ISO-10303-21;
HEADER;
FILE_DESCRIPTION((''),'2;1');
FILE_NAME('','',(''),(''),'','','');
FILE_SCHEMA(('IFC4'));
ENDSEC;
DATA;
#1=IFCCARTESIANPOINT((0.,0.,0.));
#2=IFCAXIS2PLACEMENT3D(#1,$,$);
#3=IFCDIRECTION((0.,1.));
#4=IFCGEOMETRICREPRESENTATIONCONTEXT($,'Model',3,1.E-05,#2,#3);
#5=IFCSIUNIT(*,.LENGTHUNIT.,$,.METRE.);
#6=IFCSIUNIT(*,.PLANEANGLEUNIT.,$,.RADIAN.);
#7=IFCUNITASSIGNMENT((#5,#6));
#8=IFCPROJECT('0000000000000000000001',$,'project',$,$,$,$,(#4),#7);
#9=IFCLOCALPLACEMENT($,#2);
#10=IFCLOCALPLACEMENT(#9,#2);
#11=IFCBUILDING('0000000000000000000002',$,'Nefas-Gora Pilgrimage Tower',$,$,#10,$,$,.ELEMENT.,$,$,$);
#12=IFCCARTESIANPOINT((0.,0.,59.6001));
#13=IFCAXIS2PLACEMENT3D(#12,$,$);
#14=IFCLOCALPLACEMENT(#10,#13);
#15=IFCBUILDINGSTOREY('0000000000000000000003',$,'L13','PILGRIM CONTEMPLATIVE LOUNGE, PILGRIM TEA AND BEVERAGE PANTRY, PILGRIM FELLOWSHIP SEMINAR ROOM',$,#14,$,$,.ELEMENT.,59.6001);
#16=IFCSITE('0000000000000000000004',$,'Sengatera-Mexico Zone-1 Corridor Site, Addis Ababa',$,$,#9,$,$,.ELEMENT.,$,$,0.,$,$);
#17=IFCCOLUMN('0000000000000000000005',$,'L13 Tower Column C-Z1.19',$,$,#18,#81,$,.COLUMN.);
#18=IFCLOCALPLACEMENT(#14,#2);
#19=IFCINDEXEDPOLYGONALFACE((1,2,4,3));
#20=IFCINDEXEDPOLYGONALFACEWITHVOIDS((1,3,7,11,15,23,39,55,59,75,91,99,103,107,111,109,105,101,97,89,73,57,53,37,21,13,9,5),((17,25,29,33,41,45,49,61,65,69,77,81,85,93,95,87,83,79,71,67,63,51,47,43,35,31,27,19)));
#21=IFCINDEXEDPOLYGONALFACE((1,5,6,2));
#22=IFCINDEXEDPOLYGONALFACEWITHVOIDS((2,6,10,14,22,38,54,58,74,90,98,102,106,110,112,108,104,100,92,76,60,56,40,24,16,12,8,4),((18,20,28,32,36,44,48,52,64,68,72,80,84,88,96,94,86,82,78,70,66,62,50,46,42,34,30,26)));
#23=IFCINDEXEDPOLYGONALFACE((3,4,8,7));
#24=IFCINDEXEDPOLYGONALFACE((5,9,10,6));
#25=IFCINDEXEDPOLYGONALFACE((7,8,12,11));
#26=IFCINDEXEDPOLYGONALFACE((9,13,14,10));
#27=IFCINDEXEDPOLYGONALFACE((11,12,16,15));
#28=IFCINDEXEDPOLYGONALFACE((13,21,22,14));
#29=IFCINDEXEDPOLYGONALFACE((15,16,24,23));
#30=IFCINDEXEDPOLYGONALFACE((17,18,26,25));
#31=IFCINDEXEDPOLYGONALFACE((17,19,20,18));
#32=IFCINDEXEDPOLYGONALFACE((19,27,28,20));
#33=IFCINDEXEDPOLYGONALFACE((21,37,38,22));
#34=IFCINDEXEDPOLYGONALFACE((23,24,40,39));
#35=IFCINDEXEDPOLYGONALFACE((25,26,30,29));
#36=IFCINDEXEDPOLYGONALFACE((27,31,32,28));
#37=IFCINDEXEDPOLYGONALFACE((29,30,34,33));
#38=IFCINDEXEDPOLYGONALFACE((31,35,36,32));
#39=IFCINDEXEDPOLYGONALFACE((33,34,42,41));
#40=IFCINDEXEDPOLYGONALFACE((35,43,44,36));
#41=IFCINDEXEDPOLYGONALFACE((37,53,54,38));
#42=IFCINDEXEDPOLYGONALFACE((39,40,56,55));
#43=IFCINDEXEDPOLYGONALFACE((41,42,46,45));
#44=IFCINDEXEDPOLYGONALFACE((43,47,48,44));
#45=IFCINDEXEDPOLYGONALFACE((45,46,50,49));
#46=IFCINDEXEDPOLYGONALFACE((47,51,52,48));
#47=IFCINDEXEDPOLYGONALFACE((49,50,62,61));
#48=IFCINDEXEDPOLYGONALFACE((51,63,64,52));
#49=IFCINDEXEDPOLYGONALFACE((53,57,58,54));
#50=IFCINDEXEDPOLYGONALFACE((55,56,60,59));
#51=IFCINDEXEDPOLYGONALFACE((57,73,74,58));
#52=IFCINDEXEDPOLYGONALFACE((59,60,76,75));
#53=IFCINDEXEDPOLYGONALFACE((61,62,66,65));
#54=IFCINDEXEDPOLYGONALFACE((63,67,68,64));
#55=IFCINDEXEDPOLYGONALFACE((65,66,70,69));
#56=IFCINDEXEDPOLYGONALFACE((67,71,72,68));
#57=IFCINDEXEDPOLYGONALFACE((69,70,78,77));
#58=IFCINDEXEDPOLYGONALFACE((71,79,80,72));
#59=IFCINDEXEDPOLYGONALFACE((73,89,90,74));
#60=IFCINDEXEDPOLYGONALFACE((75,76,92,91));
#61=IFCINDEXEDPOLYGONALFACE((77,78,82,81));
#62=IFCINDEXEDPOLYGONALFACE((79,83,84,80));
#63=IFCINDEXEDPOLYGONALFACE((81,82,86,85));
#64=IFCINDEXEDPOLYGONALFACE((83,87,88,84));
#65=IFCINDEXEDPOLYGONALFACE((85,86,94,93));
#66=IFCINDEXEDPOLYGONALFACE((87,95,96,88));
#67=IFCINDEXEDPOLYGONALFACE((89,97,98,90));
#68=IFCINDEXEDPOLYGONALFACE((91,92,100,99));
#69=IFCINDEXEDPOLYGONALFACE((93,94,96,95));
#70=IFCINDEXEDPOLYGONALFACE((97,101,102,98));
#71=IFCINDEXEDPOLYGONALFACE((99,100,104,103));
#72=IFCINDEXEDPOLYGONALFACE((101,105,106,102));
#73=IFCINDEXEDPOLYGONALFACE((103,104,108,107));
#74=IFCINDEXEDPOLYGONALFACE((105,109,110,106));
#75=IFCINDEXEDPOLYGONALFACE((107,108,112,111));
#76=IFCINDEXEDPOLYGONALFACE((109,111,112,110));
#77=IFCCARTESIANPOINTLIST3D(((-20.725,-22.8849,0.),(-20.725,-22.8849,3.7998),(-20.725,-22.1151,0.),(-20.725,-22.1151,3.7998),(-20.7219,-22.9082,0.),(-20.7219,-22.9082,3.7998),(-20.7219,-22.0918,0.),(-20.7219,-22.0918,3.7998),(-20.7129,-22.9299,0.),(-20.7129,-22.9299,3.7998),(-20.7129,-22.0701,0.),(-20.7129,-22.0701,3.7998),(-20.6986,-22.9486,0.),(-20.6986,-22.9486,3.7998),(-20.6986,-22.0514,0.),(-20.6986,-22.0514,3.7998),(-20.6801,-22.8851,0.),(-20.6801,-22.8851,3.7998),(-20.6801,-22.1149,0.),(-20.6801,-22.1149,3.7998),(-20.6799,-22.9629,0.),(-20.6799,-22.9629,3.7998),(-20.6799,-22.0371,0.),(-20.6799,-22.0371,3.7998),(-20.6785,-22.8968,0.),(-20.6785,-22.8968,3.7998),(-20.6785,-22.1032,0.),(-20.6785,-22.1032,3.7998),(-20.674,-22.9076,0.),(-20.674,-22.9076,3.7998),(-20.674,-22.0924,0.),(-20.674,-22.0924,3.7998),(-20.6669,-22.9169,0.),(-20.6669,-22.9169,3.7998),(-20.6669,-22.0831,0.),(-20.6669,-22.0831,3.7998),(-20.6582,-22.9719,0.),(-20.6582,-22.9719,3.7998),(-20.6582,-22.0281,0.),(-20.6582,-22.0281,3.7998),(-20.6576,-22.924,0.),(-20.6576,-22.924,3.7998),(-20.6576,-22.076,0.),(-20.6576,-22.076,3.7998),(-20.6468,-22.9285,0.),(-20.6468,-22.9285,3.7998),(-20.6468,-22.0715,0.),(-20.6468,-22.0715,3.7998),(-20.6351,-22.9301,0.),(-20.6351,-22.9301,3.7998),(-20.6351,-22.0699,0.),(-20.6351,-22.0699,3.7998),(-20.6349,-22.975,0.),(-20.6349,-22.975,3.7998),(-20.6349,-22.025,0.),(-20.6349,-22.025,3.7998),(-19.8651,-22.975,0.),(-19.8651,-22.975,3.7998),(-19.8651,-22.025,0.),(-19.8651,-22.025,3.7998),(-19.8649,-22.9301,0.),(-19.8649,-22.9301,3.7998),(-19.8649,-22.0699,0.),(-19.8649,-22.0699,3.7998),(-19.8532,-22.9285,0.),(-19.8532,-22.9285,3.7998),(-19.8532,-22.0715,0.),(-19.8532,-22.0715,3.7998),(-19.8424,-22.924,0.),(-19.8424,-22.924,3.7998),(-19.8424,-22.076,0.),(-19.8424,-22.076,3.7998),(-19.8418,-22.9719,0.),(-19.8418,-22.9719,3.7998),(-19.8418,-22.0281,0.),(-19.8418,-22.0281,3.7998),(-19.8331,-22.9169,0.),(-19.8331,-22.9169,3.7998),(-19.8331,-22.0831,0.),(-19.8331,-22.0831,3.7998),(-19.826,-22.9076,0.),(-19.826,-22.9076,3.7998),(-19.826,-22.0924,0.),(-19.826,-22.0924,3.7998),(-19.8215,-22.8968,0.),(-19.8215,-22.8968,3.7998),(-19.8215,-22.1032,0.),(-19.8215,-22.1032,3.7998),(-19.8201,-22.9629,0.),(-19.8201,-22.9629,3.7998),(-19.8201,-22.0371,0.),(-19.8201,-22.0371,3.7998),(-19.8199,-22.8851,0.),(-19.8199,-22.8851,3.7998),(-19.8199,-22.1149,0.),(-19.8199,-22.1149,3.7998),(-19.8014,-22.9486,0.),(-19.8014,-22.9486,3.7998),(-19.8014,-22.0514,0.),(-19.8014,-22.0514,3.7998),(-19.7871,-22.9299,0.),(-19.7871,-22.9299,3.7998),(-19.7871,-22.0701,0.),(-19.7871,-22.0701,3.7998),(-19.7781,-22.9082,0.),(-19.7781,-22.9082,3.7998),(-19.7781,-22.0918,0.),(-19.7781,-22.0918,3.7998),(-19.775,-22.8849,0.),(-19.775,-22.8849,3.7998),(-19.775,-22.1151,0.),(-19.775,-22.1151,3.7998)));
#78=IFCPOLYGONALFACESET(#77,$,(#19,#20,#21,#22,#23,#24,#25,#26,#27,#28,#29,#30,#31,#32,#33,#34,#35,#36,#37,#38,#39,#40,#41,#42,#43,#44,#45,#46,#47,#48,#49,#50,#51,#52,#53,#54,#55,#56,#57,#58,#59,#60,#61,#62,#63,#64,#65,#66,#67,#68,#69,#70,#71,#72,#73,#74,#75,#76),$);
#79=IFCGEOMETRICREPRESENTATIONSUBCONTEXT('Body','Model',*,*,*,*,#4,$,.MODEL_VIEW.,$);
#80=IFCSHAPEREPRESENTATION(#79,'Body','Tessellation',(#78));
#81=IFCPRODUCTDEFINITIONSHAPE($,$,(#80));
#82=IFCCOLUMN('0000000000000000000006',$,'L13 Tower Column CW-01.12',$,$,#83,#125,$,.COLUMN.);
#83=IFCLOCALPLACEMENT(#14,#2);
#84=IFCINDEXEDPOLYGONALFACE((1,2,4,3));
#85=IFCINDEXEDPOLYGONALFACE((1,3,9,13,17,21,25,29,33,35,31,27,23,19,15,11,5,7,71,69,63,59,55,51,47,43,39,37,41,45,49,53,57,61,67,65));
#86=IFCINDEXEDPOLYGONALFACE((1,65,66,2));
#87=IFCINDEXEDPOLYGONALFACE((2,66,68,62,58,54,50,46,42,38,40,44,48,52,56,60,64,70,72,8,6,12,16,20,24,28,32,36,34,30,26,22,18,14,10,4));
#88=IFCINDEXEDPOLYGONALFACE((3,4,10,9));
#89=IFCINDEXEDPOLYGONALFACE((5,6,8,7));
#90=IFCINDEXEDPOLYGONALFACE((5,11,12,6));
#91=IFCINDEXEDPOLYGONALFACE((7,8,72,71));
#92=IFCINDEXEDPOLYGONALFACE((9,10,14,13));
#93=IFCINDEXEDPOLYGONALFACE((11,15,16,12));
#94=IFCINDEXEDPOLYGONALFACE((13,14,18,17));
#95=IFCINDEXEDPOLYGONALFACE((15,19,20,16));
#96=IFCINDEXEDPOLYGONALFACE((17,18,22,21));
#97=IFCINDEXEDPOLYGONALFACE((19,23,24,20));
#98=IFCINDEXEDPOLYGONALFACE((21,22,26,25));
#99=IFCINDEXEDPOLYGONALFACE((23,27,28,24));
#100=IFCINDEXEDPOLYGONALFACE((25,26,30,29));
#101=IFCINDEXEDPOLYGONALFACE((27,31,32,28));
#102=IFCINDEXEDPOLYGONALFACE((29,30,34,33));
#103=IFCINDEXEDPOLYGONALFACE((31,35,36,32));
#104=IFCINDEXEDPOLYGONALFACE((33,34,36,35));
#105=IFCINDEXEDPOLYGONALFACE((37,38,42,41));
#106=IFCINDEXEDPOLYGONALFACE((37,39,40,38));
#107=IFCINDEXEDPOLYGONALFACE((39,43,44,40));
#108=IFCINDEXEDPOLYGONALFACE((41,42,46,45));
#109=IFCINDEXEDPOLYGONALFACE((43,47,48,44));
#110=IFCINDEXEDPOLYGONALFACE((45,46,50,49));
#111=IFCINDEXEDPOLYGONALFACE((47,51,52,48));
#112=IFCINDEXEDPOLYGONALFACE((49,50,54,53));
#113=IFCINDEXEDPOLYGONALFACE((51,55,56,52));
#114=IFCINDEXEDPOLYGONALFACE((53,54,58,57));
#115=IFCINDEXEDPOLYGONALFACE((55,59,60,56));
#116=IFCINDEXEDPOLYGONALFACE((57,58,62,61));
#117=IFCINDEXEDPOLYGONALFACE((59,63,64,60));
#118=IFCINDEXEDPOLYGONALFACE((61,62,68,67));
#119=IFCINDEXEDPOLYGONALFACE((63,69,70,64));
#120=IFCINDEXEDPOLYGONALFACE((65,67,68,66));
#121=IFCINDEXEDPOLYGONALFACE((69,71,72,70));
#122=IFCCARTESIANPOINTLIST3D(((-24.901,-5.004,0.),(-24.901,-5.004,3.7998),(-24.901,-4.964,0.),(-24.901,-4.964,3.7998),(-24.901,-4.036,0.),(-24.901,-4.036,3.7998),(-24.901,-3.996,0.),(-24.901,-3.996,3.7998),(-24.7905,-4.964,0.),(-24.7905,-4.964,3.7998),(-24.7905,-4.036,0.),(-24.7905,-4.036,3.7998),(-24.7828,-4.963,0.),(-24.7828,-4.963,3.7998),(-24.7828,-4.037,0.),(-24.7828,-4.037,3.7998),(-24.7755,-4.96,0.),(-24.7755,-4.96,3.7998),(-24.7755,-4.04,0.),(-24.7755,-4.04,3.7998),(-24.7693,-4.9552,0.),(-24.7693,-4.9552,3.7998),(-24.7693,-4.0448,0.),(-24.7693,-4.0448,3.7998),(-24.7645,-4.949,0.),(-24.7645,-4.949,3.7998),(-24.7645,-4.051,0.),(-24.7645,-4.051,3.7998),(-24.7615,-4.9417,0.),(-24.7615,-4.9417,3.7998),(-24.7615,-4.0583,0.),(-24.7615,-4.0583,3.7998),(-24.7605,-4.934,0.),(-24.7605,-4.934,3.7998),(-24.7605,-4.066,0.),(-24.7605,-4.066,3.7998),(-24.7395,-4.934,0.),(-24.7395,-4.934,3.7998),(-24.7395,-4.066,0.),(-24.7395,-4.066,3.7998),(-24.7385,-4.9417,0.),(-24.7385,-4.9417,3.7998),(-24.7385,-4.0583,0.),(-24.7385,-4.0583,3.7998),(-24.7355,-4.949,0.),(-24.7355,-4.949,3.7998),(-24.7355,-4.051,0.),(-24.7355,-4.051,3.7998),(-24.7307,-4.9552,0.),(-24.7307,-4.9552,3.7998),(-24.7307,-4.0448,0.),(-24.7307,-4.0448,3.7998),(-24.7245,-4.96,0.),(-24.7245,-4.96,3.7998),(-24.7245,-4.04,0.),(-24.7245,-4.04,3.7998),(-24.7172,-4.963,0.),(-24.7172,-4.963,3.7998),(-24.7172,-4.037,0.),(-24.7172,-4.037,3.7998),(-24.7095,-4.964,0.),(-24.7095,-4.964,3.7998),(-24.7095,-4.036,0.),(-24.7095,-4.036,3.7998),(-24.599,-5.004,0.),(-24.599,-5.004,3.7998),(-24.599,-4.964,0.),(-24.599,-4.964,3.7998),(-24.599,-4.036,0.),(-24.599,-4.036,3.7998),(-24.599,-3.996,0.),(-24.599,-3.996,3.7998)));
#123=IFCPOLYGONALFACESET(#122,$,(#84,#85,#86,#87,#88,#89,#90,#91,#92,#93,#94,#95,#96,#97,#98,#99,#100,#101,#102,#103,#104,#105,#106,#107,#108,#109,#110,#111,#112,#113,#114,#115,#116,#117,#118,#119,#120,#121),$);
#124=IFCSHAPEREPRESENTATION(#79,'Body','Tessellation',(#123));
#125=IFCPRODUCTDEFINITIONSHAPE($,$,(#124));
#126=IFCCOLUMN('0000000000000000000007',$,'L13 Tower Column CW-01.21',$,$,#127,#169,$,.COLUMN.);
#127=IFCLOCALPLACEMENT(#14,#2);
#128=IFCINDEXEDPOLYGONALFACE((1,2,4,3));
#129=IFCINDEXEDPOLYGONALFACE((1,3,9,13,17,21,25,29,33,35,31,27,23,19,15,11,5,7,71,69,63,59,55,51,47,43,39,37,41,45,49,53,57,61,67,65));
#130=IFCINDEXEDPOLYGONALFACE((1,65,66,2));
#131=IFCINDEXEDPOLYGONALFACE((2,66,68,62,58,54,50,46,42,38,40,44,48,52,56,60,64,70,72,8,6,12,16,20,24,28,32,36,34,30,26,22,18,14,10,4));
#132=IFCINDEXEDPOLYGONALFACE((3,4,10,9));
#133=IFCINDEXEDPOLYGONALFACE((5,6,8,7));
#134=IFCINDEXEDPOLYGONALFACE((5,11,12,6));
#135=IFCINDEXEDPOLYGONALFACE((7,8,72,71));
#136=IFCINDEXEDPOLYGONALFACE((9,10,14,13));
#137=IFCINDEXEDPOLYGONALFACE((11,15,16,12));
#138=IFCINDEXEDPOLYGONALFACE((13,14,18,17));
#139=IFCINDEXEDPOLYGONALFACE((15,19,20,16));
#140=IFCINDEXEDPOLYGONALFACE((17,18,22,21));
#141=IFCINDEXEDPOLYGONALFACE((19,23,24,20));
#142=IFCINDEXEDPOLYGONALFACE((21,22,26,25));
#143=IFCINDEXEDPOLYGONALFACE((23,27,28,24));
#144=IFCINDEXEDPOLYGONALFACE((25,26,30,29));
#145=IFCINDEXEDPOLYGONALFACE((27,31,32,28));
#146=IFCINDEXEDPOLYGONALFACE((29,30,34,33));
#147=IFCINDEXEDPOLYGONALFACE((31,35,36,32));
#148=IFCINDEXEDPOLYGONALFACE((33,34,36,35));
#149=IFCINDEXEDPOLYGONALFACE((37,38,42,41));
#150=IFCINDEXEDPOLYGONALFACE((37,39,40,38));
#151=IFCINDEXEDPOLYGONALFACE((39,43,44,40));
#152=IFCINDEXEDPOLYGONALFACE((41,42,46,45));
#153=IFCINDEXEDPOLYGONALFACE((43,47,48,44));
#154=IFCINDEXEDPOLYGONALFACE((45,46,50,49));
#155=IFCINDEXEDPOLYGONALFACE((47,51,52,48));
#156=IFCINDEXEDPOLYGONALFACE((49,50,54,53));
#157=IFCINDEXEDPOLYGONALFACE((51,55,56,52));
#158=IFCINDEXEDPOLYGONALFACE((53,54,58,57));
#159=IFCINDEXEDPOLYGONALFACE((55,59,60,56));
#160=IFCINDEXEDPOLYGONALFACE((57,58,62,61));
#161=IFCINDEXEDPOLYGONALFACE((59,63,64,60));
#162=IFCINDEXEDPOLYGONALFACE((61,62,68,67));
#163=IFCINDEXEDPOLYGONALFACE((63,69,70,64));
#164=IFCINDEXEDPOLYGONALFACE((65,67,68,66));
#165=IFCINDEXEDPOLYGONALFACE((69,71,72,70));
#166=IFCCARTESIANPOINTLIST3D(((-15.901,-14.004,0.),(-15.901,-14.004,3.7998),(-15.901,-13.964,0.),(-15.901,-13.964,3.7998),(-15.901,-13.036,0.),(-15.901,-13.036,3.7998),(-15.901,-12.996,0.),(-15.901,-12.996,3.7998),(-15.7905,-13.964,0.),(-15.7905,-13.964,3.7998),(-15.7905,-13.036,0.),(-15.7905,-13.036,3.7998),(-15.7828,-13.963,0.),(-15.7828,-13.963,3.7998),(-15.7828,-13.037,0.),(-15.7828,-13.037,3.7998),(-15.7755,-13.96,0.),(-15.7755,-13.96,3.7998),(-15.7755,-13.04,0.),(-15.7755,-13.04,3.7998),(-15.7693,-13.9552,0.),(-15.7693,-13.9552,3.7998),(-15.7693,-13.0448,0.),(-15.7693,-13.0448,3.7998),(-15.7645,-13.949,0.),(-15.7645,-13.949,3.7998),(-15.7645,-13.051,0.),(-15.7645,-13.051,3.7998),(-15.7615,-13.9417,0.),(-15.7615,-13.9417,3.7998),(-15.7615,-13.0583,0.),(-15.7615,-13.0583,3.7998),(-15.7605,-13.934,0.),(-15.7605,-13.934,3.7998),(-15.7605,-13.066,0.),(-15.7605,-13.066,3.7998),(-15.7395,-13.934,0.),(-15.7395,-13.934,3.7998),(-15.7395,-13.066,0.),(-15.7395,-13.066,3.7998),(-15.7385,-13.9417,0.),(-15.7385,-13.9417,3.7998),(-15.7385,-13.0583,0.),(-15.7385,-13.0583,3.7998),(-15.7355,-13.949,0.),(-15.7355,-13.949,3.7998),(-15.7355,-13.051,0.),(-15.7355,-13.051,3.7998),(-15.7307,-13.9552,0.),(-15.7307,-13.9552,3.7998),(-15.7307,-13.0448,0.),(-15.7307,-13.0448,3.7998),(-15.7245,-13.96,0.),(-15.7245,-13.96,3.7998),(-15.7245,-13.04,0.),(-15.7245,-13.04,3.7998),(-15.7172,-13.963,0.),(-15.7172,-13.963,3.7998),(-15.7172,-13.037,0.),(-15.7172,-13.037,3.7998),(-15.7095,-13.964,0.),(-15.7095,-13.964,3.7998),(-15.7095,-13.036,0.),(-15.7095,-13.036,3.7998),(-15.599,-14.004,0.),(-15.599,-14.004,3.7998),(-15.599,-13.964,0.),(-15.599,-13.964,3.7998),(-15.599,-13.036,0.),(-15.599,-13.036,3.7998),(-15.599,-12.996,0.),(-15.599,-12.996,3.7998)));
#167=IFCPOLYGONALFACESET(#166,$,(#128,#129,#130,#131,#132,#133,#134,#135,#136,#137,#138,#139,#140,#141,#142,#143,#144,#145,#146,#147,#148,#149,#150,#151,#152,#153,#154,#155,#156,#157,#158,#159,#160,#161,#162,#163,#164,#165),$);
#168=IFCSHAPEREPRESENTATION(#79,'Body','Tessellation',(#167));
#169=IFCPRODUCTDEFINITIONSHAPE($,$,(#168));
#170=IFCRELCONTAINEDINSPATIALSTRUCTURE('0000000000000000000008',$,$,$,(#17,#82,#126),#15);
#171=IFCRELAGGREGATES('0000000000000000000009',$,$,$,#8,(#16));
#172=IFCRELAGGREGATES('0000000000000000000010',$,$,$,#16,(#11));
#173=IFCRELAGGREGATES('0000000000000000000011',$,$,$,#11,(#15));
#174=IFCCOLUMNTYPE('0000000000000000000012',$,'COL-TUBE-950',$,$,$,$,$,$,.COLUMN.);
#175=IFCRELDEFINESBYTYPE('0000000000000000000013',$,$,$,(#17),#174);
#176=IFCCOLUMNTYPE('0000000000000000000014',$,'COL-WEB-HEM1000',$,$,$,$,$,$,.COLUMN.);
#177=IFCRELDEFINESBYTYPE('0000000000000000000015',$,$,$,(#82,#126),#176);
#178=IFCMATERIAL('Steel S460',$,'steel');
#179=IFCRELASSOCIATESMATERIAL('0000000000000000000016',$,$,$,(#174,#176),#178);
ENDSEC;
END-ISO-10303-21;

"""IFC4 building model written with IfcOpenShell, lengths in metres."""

from ifc_helpers import new_model, si_unit, direction, frame, origin, origin_2d, place, context, subcontext, project, spatial, hollow_rectangle, i_section, extrude, source, transform, mapped, material, material_profile, profile_set, type_object, element, save


model = new_model("IFC4")

# Units and contexts
model_context = context("Model", 3, precision=1e-05, world=origin(), true_north=direction((0.0, 1.0)))
body_context = subcontext(model_context, "Body", "Model", "MODEL_VIEW")
ifc_project = project(units=[si_unit("LENGTHUNIT", "METRE"), si_unit("PLANEANGLEUNIT", "RADIAN")], contexts=[model_context])

# Site, building, storey
site_placement = place(None, origin())
site = spatial("IfcSite", under=ifc_project, at=site_placement, Name="Sengatera-Mexico Zone-1 Corridor Site, Addis Ababa", CompositionType="ELEMENT", RefElevation=0.0)
building_placement = place(site_placement, origin())
building = spatial("IfcBuilding", under=site, at=building_placement, Name="Nefas-Gora Pilgrimage Tower", CompositionType="ELEMENT")
storey_placement = place(building_placement, frame((0.0, 0.0, 59.6001)))
storey = spatial("IfcBuildingStorey", under=building, at=storey_placement, Name="L13", Description="PILGRIM CONTEMPLATIVE LOUNGE, PILGRIM TEA AND BEVERAGE PANTRY, PILGRIM FELLOWSHIP SEMINAR ROOM", CompositionType="ELEMENT", Elevation=59.6001)

# Columns
ifc_material_1 = material(Name="Steel S460", Category="steel")
ifc_material_profile_1 = material_profile(ifc_material_1, hollow_rectangle(XDim=0.95, YDim=0.95, WallThickness=0.0449, InnerFilletRadius=0.0449, OuterFilletRadius=0.0901, at=origin_2d()), Name="BOX 950x950x45")
ifc_profile_set_1 = profile_set([ifc_material_profile_1], Name="Steel S460")
column_type_1 = type_object("IfcColumnType", Name="COL-TUBE-950", PredefinedType="COLUMN", material=ifc_profile_set_1)
shared_shape_1 = source(origin(), body_context, "Body", "SweptSolid", [
    extrude(hollow_rectangle(XDim=0.95, YDim=0.95, WallThickness=0.0449, InnerFilletRadius=0.0449, OuterFilletRadius=0.0901, at=origin_2d()), origin(), (0.0, 0.0, 1.0), 3.7998),
])
column_1_placement = place(storey_placement, frame((-20.25, -22.5, 0.0), z_axis=(0.0, 0.0, 1.0), x_axis=(1.0, 0.0, 0.0)))
element("IfcColumn", 1, at=column_1_placement, inside=storey, type_object=column_type_1, Name="L13 Tower Column C-Z1.19", PredefinedType="COLUMN", context=body_context, shape_type="MappedRepresentation", body=[
    mapped(shared_shape_1, transform((0.0, 0.0, 0.0), x_axis=(1.0, 0.0, 0.0), y_axis=(0.0, 1.0, 0.0), z_axis=(0.0, 0.0, 1.0), scale=1.0)),
])
ifc_material_profile_2 = material_profile(ifc_material_1, i_section(OverallWidth=0.302, OverallDepth=1.0081, WebThickness=0.021, FlangeThickness=0.04, FilletRadius=0.03, at=origin_2d()), Name="HEM 1000")
ifc_profile_set_2 = profile_set([ifc_material_profile_2], Name="Steel S460")
column_type_2 = type_object("IfcColumnType", Name="COL-WEB-HEM1000", PredefinedType="COLUMN", material=ifc_profile_set_2)
shared_shape_2 = source(origin(), body_context, "Body", "SweptSolid", [
    extrude(i_section(OverallWidth=0.302, OverallDepth=1.0081, WebThickness=0.021, FlangeThickness=0.04, FilletRadius=0.03, at=origin_2d()), origin(), (0.0, 0.0, 1.0), 3.7998),
])
for number, where, z_axis, x_axis, name in (
    (2, (-24.75, -4.5, 0.0), (0.0, 0.0, 1.0), (1.0, 0.0, 0.0), "L13 Tower Column CW-01.12"),
    (3, (-15.75, -13.5, 0.0), (0.0, 0.0, 1.0), (1.0, 0.0, 0.0), "L13 Tower Column CW-01.21"),
):
    element("IfcColumn", number, at=place(storey_placement, frame(where, z_axis=z_axis, x_axis=x_axis)), inside=storey, type_object=column_type_2, Name=name, PredefinedType="COLUMN", context=body_context, shape_type="MappedRepresentation", body=[
        mapped(shared_shape_2, transform((0.0, 0.0, 0.0), x_axis=(1.0, 0.0, 0.0), y_axis=(0.0, 1.0, 0.0), z_axis=(0.0, 0.0, 1.0), scale=1.0)),
    ])

save(model, "model.ifc")
